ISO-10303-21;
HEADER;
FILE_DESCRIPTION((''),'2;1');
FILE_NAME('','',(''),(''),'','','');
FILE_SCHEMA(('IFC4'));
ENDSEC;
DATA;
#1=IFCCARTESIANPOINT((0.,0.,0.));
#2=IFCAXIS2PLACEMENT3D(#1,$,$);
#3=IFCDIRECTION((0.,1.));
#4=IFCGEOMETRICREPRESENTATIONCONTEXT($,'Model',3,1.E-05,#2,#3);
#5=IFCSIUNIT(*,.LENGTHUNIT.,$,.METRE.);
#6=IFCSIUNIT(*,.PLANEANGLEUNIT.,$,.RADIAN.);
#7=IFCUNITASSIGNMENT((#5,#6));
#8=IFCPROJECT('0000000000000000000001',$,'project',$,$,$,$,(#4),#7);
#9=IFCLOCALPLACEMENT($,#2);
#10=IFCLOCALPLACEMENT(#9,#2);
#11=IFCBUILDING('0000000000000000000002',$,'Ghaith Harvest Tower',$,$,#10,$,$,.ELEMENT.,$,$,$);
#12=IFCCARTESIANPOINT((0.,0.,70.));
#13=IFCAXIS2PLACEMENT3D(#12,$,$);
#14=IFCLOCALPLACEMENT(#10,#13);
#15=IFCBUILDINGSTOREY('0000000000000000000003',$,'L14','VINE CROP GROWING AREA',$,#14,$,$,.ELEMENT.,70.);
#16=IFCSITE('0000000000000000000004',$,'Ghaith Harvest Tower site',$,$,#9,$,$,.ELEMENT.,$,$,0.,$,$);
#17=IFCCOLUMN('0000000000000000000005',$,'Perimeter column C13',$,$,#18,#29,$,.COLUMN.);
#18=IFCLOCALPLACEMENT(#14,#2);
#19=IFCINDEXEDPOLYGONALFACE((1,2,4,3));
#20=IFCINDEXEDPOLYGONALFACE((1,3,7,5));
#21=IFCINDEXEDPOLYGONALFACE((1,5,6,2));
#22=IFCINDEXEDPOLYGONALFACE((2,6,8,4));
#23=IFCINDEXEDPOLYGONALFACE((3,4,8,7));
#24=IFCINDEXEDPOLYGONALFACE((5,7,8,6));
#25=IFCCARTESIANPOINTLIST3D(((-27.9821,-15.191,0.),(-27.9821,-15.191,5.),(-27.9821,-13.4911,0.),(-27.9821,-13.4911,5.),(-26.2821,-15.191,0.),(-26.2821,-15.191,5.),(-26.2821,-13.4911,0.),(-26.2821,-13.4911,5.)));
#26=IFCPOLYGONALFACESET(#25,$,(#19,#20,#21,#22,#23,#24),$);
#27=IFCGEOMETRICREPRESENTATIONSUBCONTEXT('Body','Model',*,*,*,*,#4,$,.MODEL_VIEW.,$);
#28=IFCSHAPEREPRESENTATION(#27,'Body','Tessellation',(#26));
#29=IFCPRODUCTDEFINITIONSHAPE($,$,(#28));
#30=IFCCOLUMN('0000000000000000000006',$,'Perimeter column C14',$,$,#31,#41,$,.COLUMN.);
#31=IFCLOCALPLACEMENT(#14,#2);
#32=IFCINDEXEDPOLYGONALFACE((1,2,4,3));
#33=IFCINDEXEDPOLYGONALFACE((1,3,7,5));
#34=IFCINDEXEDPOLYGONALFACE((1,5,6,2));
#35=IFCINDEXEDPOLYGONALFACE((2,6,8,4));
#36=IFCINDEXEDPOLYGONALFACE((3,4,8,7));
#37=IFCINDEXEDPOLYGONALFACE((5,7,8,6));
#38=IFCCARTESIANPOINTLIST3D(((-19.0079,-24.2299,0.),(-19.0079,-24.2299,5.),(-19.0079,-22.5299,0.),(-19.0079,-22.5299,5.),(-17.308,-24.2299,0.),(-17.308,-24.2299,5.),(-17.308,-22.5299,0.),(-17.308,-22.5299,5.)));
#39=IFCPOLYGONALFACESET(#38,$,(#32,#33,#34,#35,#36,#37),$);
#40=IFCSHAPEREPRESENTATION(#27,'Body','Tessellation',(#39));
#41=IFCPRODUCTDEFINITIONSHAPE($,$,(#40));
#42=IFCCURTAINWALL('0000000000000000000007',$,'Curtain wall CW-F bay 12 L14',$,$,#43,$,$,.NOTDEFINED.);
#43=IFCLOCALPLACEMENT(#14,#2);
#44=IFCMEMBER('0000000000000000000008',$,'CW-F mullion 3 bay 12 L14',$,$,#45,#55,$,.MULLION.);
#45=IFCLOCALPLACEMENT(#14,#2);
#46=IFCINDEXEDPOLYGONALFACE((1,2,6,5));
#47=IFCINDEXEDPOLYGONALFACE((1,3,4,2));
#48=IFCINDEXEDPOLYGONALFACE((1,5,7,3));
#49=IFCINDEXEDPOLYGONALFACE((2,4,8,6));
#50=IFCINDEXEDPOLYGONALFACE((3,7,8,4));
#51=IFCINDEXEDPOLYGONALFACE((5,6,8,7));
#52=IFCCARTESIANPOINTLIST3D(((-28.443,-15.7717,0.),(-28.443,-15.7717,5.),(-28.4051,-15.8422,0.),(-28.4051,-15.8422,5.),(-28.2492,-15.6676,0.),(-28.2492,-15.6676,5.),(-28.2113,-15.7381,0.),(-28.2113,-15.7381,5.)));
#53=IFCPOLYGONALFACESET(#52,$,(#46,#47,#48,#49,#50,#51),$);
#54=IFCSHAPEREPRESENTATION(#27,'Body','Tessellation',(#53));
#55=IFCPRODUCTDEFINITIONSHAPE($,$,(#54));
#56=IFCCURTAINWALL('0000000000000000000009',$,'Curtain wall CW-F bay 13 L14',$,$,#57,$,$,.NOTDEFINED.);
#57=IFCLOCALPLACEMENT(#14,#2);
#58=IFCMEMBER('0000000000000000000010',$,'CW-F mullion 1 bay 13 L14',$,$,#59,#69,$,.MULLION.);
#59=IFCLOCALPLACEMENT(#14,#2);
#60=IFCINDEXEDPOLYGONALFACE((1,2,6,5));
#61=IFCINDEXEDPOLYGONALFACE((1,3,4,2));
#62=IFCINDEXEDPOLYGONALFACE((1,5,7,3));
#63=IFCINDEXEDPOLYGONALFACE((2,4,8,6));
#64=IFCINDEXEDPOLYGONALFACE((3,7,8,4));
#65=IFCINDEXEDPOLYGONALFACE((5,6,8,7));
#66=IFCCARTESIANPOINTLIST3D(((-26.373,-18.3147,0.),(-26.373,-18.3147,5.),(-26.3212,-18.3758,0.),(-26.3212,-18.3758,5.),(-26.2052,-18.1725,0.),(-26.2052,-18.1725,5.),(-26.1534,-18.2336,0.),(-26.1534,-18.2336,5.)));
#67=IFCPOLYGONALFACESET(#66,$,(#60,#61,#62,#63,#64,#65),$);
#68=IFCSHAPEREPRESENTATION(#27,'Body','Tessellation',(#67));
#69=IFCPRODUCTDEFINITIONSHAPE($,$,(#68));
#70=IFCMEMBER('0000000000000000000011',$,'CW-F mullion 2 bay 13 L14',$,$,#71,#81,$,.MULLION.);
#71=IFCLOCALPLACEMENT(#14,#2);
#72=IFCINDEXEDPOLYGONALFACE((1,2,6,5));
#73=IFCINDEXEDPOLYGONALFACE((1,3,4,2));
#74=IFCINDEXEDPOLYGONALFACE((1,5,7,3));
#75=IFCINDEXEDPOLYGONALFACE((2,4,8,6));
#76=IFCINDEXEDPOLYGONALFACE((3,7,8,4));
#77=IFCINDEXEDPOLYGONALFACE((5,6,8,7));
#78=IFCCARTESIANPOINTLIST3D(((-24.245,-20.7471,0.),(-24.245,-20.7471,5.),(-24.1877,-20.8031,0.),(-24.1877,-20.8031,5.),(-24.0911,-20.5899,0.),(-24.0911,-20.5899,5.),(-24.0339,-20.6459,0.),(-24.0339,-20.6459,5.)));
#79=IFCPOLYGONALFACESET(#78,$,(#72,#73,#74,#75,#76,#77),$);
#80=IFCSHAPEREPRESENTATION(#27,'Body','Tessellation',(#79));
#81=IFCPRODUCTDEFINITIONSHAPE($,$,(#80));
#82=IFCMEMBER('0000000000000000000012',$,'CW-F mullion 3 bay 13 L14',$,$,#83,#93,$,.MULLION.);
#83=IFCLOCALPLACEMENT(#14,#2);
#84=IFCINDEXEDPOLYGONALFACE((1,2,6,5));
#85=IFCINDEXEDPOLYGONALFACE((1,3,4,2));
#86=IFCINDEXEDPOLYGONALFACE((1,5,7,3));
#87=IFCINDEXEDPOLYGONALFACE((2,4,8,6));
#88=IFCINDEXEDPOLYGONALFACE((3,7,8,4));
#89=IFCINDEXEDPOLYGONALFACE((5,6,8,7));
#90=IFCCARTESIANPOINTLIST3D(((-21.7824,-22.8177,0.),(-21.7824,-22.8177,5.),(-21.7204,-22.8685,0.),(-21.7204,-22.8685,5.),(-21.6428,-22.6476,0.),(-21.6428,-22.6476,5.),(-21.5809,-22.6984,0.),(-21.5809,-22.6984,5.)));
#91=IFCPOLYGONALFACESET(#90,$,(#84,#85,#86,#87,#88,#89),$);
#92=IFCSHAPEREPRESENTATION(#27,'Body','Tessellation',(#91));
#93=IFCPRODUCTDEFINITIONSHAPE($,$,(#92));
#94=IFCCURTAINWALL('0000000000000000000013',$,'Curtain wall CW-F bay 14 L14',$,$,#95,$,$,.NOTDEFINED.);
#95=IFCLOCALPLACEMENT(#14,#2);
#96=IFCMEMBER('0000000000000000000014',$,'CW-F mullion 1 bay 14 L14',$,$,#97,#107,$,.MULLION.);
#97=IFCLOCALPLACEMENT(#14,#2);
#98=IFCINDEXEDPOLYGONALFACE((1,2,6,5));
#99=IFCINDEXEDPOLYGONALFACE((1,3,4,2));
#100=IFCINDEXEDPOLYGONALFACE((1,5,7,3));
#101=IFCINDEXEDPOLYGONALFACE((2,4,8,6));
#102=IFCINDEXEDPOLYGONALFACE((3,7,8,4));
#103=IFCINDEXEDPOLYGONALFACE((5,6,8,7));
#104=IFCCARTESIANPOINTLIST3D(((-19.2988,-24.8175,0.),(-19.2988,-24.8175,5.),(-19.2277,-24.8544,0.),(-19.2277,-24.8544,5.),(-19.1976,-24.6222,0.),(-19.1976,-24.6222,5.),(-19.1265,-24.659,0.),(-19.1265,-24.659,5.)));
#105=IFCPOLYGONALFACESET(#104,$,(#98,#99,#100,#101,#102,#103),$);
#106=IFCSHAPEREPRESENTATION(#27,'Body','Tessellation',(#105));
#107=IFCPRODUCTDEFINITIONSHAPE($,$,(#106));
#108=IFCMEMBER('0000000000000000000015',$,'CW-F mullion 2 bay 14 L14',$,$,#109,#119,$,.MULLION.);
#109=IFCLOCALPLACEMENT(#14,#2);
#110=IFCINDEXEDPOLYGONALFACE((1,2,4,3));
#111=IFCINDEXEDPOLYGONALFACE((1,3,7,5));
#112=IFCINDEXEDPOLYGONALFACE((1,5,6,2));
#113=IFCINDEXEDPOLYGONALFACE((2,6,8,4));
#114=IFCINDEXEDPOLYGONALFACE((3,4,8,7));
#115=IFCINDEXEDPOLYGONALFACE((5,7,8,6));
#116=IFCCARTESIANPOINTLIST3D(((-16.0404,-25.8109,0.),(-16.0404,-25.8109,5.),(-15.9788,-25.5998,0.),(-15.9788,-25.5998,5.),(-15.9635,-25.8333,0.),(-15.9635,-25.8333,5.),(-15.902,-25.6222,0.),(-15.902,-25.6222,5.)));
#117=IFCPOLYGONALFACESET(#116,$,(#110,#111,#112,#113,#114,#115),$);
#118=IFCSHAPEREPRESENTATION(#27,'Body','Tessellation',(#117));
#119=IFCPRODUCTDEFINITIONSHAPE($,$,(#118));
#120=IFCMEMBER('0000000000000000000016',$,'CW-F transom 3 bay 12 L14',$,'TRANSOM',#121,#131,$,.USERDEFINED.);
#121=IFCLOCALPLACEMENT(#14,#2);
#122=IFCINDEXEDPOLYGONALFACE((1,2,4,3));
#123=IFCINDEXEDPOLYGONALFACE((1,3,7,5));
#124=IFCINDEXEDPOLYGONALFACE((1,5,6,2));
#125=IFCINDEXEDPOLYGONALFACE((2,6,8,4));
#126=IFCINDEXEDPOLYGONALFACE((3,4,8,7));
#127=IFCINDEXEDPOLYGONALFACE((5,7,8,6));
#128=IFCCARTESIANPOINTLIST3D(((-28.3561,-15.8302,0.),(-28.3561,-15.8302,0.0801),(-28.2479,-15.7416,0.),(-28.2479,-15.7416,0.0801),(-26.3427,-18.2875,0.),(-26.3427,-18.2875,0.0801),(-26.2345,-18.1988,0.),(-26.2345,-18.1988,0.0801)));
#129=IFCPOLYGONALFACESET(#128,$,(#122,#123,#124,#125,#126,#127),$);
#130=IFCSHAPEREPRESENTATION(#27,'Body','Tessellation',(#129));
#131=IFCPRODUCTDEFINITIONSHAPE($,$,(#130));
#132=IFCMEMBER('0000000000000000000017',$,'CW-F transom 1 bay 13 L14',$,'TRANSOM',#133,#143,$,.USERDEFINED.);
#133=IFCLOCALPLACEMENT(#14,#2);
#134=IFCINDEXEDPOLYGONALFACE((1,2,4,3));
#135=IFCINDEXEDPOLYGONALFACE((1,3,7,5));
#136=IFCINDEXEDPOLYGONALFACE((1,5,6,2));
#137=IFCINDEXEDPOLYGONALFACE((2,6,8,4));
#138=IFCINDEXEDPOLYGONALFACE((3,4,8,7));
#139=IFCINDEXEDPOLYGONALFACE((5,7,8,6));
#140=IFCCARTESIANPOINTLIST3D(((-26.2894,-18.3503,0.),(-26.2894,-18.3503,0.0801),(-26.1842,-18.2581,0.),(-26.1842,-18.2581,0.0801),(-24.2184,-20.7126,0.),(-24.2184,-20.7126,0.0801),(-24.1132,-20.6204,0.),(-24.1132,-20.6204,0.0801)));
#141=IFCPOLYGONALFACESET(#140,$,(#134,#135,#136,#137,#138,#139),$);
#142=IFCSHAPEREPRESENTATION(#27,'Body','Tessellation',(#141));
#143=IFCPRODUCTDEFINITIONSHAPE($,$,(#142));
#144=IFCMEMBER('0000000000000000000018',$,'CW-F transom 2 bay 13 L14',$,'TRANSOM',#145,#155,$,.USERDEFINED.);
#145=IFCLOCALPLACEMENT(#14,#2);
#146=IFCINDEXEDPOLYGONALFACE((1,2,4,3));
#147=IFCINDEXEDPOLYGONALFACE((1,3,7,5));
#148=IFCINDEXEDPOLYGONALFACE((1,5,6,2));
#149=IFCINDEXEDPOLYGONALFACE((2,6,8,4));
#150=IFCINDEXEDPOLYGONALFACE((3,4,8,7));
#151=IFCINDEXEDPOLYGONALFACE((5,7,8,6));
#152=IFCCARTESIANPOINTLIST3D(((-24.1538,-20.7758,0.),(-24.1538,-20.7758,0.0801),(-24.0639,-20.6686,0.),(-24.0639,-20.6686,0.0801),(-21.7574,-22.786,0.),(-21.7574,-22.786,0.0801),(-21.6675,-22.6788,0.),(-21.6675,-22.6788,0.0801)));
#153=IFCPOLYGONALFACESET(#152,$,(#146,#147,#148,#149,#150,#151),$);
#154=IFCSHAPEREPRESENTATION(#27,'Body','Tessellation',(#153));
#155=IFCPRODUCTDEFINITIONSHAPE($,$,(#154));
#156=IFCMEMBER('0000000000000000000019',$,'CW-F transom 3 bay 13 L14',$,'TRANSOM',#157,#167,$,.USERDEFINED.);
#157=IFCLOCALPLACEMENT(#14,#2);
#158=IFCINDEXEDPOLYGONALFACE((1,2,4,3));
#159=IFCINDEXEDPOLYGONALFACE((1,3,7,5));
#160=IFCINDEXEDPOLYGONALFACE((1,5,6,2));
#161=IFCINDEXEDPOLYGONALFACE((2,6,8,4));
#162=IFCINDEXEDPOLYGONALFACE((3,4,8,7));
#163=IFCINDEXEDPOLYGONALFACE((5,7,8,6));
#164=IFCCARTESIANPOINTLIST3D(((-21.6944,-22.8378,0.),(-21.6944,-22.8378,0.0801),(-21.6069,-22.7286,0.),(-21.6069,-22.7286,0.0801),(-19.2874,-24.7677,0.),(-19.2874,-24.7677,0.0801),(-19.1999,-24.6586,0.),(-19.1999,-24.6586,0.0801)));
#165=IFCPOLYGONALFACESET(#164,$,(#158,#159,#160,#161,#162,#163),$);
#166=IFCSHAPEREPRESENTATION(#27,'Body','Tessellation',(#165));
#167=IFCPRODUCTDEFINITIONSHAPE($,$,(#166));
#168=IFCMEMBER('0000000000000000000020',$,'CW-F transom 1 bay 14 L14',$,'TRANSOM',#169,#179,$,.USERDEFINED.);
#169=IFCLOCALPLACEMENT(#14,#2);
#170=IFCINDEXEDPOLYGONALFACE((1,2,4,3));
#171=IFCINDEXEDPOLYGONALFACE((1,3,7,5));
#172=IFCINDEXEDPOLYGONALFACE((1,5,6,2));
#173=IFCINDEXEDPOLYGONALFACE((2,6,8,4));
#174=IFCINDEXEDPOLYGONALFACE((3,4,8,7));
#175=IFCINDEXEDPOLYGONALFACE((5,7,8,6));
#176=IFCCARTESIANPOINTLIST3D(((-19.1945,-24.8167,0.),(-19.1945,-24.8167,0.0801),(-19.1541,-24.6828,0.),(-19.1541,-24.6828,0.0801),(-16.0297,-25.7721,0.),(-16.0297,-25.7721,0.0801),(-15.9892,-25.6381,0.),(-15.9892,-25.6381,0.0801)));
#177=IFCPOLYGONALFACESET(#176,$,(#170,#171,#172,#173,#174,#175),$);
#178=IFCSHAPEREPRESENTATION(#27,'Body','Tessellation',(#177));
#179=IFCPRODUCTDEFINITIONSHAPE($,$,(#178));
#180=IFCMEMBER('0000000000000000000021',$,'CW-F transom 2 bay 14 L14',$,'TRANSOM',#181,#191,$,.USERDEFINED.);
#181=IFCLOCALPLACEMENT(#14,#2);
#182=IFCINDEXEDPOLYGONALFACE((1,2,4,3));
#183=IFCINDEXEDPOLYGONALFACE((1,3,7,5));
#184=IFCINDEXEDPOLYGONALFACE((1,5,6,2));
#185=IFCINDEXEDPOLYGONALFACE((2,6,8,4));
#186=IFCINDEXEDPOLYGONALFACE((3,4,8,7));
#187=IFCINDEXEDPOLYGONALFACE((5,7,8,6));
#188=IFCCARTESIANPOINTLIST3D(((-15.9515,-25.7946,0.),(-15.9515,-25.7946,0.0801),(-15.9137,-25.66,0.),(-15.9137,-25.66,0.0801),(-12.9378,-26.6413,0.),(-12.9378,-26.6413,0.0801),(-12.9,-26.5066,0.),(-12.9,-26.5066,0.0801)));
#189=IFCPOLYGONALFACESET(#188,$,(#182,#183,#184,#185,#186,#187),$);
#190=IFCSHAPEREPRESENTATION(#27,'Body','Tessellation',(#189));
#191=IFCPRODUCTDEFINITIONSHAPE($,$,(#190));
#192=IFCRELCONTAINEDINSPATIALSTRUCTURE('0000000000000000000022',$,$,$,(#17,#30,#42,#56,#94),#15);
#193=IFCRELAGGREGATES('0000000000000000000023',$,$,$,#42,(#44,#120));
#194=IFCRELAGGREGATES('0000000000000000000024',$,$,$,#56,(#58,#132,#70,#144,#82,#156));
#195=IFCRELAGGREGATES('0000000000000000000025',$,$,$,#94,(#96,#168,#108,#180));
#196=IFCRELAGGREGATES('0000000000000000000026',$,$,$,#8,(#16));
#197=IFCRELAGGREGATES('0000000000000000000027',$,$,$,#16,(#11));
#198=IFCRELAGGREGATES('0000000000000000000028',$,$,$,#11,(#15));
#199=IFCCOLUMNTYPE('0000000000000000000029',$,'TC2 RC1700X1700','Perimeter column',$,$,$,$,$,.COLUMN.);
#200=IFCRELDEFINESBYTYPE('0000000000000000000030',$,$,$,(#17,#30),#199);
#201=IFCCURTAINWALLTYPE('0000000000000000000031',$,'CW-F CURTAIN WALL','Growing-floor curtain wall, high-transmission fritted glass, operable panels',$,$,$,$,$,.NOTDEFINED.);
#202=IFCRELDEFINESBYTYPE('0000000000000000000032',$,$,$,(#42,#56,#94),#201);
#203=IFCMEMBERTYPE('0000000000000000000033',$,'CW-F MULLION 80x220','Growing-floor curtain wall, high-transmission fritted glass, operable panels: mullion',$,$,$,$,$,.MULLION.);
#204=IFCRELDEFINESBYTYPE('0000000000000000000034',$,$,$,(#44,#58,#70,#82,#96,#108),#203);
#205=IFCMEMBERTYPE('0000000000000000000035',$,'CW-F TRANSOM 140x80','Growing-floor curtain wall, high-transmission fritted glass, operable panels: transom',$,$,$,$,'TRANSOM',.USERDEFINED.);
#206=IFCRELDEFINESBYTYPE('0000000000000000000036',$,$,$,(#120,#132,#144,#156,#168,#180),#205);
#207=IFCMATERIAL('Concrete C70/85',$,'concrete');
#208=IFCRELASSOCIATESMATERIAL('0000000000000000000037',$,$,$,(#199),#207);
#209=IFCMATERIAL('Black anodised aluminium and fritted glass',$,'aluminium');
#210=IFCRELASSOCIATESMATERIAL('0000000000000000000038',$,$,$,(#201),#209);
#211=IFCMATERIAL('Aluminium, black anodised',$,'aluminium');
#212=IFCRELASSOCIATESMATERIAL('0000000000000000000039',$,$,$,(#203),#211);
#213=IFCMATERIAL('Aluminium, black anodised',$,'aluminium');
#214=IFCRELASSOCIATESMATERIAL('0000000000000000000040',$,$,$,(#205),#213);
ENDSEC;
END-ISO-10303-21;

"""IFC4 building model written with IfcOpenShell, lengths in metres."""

from ifc_helpers import new_model, si_unit, direction, frame, origin, origin_2d, place, context, subcontext, project, spatial, rectangle, extrude, material, material_profile, profile_set, type_object, element, aggregate, save


model = new_model("IFC4")

# Units and contexts
model_context = context("Model", 3, precision=1e-05, world=origin(), true_north=direction((0.0, 1.0)))
body_context = subcontext(model_context, "Body", "Model", "MODEL_VIEW")
ifc_project = project(units=[si_unit("LENGTHUNIT", "METRE"), si_unit("PLANEANGLEUNIT", "RADIAN")], contexts=[model_context])

# Site, building, storey
site_placement = place(None, origin())
site = spatial("IfcSite", under=ifc_project, at=site_placement, Name="Ghaith Harvest Tower site", CompositionType="ELEMENT", RefElevation=0.0)
building_placement = place(site_placement, origin())
building = spatial("IfcBuilding", under=site, at=building_placement, Name="Ghaith Harvest Tower", CompositionType="ELEMENT")
storey_placement = place(building_placement, frame((0.0, 0.0, 70.0)))
storey = spatial("IfcBuildingStorey", under=building, at=storey_placement, Name="L14", Description="VINE CROP GROWING AREA", CompositionType="ELEMENT", Elevation=70.0)

# Columns
ifc_material_1 = material(Name="Concrete C70/85", Category="concrete")
ifc_material_profile_1 = material_profile(ifc_material_1, rectangle(XDim=1.7, YDim=1.7, at=origin_2d()), Name="RC1700X1700")
ifc_profile_set_1 = profile_set([ifc_material_profile_1], Name="Concrete C70/85")
column_type = type_object("IfcColumnType", Name="TC2 RC1700X1700", Description="Perimeter column", PredefinedType="COLUMN", material=ifc_profile_set_1)
for number, where, z_axis, x_axis, name in (
    (1, (-27.1321, -14.3411, 0.0), (0.0, 0.0, 1.0), (1.0, 0.0, 0.0), "Perimeter column C13"),
    (2, (-18.158, -23.3799, 0.0), (0.0, 0.0, 1.0), (1.0, 0.0, 0.0), "Perimeter column C14"),
):
    element("IfcColumn", number, at=place(storey_placement, frame(where, z_axis=z_axis, x_axis=x_axis)), inside=storey, type_object=column_type, Name=name, PredefinedType="COLUMN", context=body_context, shape_type="SweptSolid", body=[
        extrude(rectangle(XDim=1.7, YDim=1.7, at=origin_2d()), origin(), (0.0, 0.0, 1.0), 5.0),
    ])

# Curtain wall, member
ifc_material_2 = material(Name="Black anodised aluminium and fritted glass", Category="aluminium")
curtain_wall_type = type_object("IfcCurtainWallType", Name="CW-F CURTAIN WALL", Description="Growing-floor curtain wall, high-transmission fritted glass, operable panels", PredefinedType="NOTDEFINED", material=ifc_material_2)
curtain_wall_1_placement = place(storey_placement, origin())
curtain_wall_1 = element("IfcCurtainWall", 3, at=curtain_wall_1_placement, inside=storey, type_object=curtain_wall_type, Name="Curtain wall CW-F bay 12 L14", PredefinedType="NOTDEFINED")
ifc_material_3 = material(Name="Aluminium, black anodised", Category="aluminium")
ifc_material_profile_2 = material_profile(ifc_material_3, rectangle(XDim=0.0801, YDim=0.22, at=origin_2d()), Name="CW-F MULLION 80x220")
ifc_profile_set_2 = profile_set([ifc_material_profile_2], Name="Aluminium, black anodised")
member_type_1 = type_object("IfcMemberType", Name="CW-F MULLION 80x220", Description="Growing-floor curtain wall, high-transmission fritted glass, operable panels: mullion", PredefinedType="MULLION", material=ifc_profile_set_2)
member_1_placement = place(storey_placement, frame((-28.3271, -15.7549, 0.0), z_axis=(0.0, 0.0, 1.0), x_axis=(0.473265, -0.88092, 0.0)))
member_1 = element("IfcMember", 4, at=member_1_placement, type_object=member_type_1, Name="CW-F mullion 3 bay 12 L14", PredefinedType="MULLION", context=body_context, shape_type="SweptSolid", body=[
    extrude(rectangle(XDim=0.0801, YDim=0.22, at=origin_2d()), origin(), (0.0, 0.0, 1.0), 5.0),
])

# Curtain walls, members
curtain_wall_2_placement = place(storey_placement, origin())
curtain_wall_2 = element("IfcCurtainWall", 5, at=curtain_wall_2_placement, inside=storey, type_object=curtain_wall_type, Name="Curtain wall CW-F bay 13 L14", PredefinedType="NOTDEFINED")
member_2_placement = place(storey_placement, frame((-26.2632, -18.2742, 0.0), z_axis=(0.0, 0.0, 1.0), x_axis=(0.646524, -0.762894, 0.0)))
member_2 = element("IfcMember", 6, at=member_2_placement, type_object=member_type_1, Name="CW-F mullion 1 bay 13 L14", PredefinedType="MULLION", context=body_context, shape_type="SweptSolid", body=[
    extrude(rectangle(XDim=0.0801, YDim=0.22, at=origin_2d()), origin(), (0.0, 0.0, 1.0), 5.0),
])
member_3_placement = place(storey_placement, frame((-24.1394, -20.6965, 0.0), z_axis=(0.0, 0.0, 1.0), x_axis=(0.714663, -0.699469, 0.0)))
member_3 = element("IfcMember", 7, at=member_3_placement, type_object=member_type_1, Name="CW-F mullion 2 bay 13 L14", PredefinedType="MULLION", context=body_context, shape_type="SweptSolid", body=[
    extrude(rectangle(XDim=0.0801, YDim=0.22, at=origin_2d()), origin(), (0.0, 0.0, 1.0), 5.0),
])
member_4_placement = place(storey_placement, frame((-21.6816, -22.7581, 0.0), z_axis=(0.0, 0.0, 1.0), x_axis=(0.773139, -0.634237, 0.0)))
member_4 = element("IfcMember", 8, at=member_4_placement, type_object=member_type_1, Name="CW-F mullion 3 bay 13 L14", PredefinedType="MULLION", context=body_context, shape_type="SweptSolid", body=[
    extrude(rectangle(XDim=0.0801, YDim=0.22, at=origin_2d()), origin(), (0.0, 0.0, 1.0), 5.0),
])
curtain_wall_3_placement = place(storey_placement, origin())
curtain_wall_3 = element("IfcCurtainWall", 9, at=curtain_wall_3_placement, inside=storey, type_object=curtain_wall_type, Name="Curtain wall CW-F bay 14 L14", PredefinedType="NOTDEFINED")
member_5_placement = place(storey_placement, frame((-19.2126, -24.7383, 0.0), z_axis=(0.0, 0.0, 1.0), x_axis=(0.887912, -0.460013, 0.0)))
member_5 = element("IfcMember", 10, at=member_5_placement, type_object=member_type_1, Name="CW-F mullion 1 bay 14 L14", PredefinedType="MULLION", context=body_context, shape_type="SweptSolid", body=[
    extrude(rectangle(XDim=0.0801, YDim=0.22, at=origin_2d()), origin(), (0.0, 0.0, 1.0), 5.0),
])
member_6_placement = place(storey_placement, frame((-15.9712, -25.7166, 0.0), z_axis=(0.0, 0.0, 1.0), x_axis=(0.960009, -0.27997, 0.0)))
member_6 = element("IfcMember", 11, at=member_6_placement, type_object=member_type_1, Name="CW-F mullion 2 bay 14 L14", PredefinedType="MULLION", context=body_context, shape_type="SweptSolid", body=[
    extrude(rectangle(XDim=0.0801, YDim=0.22, at=origin_2d()), origin(), (0.0, 0.0, 1.0), 5.0),
])

# Members
ifc_material_4 = material(Name="Aluminium, black anodised", Category="aluminium")
ifc_material_profile_3 = material_profile(ifc_material_4, rectangle(XDim=0.1399, YDim=0.0801, at=origin_2d()), Name="CW-F TRANSOM 140x80")
ifc_profile_set_3 = profile_set([ifc_material_profile_3], Name="Aluminium, black anodised")
member_type_2 = type_object("IfcMemberType", Name="CW-F TRANSOM 140x80", Description="Growing-floor curtain wall, high-transmission fritted glass, operable panels: transom", ElementType="TRANSOM", PredefinedType="USERDEFINED", material=ifc_profile_set_3)
member_7_placement = place(storey_placement, frame((-28.302, -15.7859, 0.04), z_axis=(0.63379, -0.773505, 0.0), x_axis=(0.773505, 0.63379, 0.0)))
member_7 = element("IfcMember", 12, at=member_7_placement, type_object=member_type_2, Name="CW-F transom 3 bay 12 L14", ObjectType="TRANSOM", PredefinedType="USERDEFINED", context=body_context, shape_type="SweptSolid", body=[
    extrude(rectangle(XDim=0.1399, YDim=0.0801, at=origin_2d()), origin(), (0.0, 0.0, 1.0), 3.1768),
])
member_8_placement = place(storey_placement, frame((-26.2368, -18.3042, 0.04), z_axis=(0.659231, -0.751941, 0.0), x_axis=(0.751941, 0.659231, 0.0)))
member_8 = element("IfcMember", 13, at=member_8_placement, type_object=member_type_2, Name="CW-F transom 1 bay 13 L14", ObjectType="TRANSOM", PredefinedType="USERDEFINED", context=body_context, shape_type="SweptSolid", body=[
    extrude(rectangle(XDim=0.1399, YDim=0.0801, at=origin_2d()), origin(), (0.0, 0.0, 1.0), 3.1416),
])
member_9_placement = place(storey_placement, frame((-24.1089, -20.7222, 0.04), z_axis=(0.766144, -0.642668, 0.0), x_axis=(0.642668, 0.766144, 0.0)))
member_9 = element("IfcMember", 14, at=member_9_placement, type_object=member_type_2, Name="CW-F transom 2 bay 13 L14", ObjectType="TRANSOM", PredefinedType="USERDEFINED", context=body_context, shape_type="SweptSolid", body=[
    extrude(rectangle(XDim=0.1399, YDim=0.0801, at=origin_2d()), origin(), (0.0, 0.0, 1.0), 3.1279),
])
member_10_placement = place(storey_placement, frame((-21.6506, -22.7832, 0.04), z_axis=(0.780181, -0.625554, 0.0), x_axis=(0.625554, 0.780181, 0.0)))
member_10 = element("IfcMember", 15, at=member_10_placement, type_object=member_type_2, Name="CW-F transom 3 bay 13 L14", ObjectType="TRANSOM", PredefinedType="USERDEFINED", context=body_context, shape_type="SweptSolid", body=[
    extrude(rectangle(XDim=0.1399, YDim=0.0801, at=origin_2d()), origin(), (0.0, 0.0, 1.0), 3.0852),
])
member_11_placement = place(storey_placement, frame((-19.1743, -24.7498, 0.04), z_axis=(0.957335, -0.28898, 0.0), x_axis=(0.28898, 0.957335, 0.0)))
member_11 = element("IfcMember", 16, at=member_11_placement, type_object=member_type_2, Name="CW-F transom 1 bay 14 L14", ObjectType="TRANSOM", PredefinedType="USERDEFINED", context=body_context, shape_type="SweptSolid", body=[
    extrude(rectangle(XDim=0.1399, YDim=0.0801, at=origin_2d()), origin(), (0.0, 0.0, 1.0), 3.3059),
])
member_12_placement = place(storey_placement, frame((-15.9326, -25.7273, 0.04), z_axis=(0.962727, -0.270475, 0.0), x_axis=(0.270475, 0.962727, 0.0)))
member_12 = element("IfcMember", 17, at=member_12_placement, type_object=member_type_2, Name="CW-F transom 2 bay 14 L14", ObjectType="TRANSOM", PredefinedType="USERDEFINED", context=body_context, shape_type="SweptSolid", body=[
    extrude(rectangle(XDim=0.1399, YDim=0.0801, at=origin_2d()), origin(), (0.0, 0.0, 1.0), 3.1304),
])

aggregate(curtain_wall_1, [member_1, member_7])
aggregate(curtain_wall_2, [member_2, member_8, member_3, member_9, member_4, member_10])
aggregate(curtain_wall_3, [member_5, member_11, member_6, member_12])

save(model, "model.ifc")
